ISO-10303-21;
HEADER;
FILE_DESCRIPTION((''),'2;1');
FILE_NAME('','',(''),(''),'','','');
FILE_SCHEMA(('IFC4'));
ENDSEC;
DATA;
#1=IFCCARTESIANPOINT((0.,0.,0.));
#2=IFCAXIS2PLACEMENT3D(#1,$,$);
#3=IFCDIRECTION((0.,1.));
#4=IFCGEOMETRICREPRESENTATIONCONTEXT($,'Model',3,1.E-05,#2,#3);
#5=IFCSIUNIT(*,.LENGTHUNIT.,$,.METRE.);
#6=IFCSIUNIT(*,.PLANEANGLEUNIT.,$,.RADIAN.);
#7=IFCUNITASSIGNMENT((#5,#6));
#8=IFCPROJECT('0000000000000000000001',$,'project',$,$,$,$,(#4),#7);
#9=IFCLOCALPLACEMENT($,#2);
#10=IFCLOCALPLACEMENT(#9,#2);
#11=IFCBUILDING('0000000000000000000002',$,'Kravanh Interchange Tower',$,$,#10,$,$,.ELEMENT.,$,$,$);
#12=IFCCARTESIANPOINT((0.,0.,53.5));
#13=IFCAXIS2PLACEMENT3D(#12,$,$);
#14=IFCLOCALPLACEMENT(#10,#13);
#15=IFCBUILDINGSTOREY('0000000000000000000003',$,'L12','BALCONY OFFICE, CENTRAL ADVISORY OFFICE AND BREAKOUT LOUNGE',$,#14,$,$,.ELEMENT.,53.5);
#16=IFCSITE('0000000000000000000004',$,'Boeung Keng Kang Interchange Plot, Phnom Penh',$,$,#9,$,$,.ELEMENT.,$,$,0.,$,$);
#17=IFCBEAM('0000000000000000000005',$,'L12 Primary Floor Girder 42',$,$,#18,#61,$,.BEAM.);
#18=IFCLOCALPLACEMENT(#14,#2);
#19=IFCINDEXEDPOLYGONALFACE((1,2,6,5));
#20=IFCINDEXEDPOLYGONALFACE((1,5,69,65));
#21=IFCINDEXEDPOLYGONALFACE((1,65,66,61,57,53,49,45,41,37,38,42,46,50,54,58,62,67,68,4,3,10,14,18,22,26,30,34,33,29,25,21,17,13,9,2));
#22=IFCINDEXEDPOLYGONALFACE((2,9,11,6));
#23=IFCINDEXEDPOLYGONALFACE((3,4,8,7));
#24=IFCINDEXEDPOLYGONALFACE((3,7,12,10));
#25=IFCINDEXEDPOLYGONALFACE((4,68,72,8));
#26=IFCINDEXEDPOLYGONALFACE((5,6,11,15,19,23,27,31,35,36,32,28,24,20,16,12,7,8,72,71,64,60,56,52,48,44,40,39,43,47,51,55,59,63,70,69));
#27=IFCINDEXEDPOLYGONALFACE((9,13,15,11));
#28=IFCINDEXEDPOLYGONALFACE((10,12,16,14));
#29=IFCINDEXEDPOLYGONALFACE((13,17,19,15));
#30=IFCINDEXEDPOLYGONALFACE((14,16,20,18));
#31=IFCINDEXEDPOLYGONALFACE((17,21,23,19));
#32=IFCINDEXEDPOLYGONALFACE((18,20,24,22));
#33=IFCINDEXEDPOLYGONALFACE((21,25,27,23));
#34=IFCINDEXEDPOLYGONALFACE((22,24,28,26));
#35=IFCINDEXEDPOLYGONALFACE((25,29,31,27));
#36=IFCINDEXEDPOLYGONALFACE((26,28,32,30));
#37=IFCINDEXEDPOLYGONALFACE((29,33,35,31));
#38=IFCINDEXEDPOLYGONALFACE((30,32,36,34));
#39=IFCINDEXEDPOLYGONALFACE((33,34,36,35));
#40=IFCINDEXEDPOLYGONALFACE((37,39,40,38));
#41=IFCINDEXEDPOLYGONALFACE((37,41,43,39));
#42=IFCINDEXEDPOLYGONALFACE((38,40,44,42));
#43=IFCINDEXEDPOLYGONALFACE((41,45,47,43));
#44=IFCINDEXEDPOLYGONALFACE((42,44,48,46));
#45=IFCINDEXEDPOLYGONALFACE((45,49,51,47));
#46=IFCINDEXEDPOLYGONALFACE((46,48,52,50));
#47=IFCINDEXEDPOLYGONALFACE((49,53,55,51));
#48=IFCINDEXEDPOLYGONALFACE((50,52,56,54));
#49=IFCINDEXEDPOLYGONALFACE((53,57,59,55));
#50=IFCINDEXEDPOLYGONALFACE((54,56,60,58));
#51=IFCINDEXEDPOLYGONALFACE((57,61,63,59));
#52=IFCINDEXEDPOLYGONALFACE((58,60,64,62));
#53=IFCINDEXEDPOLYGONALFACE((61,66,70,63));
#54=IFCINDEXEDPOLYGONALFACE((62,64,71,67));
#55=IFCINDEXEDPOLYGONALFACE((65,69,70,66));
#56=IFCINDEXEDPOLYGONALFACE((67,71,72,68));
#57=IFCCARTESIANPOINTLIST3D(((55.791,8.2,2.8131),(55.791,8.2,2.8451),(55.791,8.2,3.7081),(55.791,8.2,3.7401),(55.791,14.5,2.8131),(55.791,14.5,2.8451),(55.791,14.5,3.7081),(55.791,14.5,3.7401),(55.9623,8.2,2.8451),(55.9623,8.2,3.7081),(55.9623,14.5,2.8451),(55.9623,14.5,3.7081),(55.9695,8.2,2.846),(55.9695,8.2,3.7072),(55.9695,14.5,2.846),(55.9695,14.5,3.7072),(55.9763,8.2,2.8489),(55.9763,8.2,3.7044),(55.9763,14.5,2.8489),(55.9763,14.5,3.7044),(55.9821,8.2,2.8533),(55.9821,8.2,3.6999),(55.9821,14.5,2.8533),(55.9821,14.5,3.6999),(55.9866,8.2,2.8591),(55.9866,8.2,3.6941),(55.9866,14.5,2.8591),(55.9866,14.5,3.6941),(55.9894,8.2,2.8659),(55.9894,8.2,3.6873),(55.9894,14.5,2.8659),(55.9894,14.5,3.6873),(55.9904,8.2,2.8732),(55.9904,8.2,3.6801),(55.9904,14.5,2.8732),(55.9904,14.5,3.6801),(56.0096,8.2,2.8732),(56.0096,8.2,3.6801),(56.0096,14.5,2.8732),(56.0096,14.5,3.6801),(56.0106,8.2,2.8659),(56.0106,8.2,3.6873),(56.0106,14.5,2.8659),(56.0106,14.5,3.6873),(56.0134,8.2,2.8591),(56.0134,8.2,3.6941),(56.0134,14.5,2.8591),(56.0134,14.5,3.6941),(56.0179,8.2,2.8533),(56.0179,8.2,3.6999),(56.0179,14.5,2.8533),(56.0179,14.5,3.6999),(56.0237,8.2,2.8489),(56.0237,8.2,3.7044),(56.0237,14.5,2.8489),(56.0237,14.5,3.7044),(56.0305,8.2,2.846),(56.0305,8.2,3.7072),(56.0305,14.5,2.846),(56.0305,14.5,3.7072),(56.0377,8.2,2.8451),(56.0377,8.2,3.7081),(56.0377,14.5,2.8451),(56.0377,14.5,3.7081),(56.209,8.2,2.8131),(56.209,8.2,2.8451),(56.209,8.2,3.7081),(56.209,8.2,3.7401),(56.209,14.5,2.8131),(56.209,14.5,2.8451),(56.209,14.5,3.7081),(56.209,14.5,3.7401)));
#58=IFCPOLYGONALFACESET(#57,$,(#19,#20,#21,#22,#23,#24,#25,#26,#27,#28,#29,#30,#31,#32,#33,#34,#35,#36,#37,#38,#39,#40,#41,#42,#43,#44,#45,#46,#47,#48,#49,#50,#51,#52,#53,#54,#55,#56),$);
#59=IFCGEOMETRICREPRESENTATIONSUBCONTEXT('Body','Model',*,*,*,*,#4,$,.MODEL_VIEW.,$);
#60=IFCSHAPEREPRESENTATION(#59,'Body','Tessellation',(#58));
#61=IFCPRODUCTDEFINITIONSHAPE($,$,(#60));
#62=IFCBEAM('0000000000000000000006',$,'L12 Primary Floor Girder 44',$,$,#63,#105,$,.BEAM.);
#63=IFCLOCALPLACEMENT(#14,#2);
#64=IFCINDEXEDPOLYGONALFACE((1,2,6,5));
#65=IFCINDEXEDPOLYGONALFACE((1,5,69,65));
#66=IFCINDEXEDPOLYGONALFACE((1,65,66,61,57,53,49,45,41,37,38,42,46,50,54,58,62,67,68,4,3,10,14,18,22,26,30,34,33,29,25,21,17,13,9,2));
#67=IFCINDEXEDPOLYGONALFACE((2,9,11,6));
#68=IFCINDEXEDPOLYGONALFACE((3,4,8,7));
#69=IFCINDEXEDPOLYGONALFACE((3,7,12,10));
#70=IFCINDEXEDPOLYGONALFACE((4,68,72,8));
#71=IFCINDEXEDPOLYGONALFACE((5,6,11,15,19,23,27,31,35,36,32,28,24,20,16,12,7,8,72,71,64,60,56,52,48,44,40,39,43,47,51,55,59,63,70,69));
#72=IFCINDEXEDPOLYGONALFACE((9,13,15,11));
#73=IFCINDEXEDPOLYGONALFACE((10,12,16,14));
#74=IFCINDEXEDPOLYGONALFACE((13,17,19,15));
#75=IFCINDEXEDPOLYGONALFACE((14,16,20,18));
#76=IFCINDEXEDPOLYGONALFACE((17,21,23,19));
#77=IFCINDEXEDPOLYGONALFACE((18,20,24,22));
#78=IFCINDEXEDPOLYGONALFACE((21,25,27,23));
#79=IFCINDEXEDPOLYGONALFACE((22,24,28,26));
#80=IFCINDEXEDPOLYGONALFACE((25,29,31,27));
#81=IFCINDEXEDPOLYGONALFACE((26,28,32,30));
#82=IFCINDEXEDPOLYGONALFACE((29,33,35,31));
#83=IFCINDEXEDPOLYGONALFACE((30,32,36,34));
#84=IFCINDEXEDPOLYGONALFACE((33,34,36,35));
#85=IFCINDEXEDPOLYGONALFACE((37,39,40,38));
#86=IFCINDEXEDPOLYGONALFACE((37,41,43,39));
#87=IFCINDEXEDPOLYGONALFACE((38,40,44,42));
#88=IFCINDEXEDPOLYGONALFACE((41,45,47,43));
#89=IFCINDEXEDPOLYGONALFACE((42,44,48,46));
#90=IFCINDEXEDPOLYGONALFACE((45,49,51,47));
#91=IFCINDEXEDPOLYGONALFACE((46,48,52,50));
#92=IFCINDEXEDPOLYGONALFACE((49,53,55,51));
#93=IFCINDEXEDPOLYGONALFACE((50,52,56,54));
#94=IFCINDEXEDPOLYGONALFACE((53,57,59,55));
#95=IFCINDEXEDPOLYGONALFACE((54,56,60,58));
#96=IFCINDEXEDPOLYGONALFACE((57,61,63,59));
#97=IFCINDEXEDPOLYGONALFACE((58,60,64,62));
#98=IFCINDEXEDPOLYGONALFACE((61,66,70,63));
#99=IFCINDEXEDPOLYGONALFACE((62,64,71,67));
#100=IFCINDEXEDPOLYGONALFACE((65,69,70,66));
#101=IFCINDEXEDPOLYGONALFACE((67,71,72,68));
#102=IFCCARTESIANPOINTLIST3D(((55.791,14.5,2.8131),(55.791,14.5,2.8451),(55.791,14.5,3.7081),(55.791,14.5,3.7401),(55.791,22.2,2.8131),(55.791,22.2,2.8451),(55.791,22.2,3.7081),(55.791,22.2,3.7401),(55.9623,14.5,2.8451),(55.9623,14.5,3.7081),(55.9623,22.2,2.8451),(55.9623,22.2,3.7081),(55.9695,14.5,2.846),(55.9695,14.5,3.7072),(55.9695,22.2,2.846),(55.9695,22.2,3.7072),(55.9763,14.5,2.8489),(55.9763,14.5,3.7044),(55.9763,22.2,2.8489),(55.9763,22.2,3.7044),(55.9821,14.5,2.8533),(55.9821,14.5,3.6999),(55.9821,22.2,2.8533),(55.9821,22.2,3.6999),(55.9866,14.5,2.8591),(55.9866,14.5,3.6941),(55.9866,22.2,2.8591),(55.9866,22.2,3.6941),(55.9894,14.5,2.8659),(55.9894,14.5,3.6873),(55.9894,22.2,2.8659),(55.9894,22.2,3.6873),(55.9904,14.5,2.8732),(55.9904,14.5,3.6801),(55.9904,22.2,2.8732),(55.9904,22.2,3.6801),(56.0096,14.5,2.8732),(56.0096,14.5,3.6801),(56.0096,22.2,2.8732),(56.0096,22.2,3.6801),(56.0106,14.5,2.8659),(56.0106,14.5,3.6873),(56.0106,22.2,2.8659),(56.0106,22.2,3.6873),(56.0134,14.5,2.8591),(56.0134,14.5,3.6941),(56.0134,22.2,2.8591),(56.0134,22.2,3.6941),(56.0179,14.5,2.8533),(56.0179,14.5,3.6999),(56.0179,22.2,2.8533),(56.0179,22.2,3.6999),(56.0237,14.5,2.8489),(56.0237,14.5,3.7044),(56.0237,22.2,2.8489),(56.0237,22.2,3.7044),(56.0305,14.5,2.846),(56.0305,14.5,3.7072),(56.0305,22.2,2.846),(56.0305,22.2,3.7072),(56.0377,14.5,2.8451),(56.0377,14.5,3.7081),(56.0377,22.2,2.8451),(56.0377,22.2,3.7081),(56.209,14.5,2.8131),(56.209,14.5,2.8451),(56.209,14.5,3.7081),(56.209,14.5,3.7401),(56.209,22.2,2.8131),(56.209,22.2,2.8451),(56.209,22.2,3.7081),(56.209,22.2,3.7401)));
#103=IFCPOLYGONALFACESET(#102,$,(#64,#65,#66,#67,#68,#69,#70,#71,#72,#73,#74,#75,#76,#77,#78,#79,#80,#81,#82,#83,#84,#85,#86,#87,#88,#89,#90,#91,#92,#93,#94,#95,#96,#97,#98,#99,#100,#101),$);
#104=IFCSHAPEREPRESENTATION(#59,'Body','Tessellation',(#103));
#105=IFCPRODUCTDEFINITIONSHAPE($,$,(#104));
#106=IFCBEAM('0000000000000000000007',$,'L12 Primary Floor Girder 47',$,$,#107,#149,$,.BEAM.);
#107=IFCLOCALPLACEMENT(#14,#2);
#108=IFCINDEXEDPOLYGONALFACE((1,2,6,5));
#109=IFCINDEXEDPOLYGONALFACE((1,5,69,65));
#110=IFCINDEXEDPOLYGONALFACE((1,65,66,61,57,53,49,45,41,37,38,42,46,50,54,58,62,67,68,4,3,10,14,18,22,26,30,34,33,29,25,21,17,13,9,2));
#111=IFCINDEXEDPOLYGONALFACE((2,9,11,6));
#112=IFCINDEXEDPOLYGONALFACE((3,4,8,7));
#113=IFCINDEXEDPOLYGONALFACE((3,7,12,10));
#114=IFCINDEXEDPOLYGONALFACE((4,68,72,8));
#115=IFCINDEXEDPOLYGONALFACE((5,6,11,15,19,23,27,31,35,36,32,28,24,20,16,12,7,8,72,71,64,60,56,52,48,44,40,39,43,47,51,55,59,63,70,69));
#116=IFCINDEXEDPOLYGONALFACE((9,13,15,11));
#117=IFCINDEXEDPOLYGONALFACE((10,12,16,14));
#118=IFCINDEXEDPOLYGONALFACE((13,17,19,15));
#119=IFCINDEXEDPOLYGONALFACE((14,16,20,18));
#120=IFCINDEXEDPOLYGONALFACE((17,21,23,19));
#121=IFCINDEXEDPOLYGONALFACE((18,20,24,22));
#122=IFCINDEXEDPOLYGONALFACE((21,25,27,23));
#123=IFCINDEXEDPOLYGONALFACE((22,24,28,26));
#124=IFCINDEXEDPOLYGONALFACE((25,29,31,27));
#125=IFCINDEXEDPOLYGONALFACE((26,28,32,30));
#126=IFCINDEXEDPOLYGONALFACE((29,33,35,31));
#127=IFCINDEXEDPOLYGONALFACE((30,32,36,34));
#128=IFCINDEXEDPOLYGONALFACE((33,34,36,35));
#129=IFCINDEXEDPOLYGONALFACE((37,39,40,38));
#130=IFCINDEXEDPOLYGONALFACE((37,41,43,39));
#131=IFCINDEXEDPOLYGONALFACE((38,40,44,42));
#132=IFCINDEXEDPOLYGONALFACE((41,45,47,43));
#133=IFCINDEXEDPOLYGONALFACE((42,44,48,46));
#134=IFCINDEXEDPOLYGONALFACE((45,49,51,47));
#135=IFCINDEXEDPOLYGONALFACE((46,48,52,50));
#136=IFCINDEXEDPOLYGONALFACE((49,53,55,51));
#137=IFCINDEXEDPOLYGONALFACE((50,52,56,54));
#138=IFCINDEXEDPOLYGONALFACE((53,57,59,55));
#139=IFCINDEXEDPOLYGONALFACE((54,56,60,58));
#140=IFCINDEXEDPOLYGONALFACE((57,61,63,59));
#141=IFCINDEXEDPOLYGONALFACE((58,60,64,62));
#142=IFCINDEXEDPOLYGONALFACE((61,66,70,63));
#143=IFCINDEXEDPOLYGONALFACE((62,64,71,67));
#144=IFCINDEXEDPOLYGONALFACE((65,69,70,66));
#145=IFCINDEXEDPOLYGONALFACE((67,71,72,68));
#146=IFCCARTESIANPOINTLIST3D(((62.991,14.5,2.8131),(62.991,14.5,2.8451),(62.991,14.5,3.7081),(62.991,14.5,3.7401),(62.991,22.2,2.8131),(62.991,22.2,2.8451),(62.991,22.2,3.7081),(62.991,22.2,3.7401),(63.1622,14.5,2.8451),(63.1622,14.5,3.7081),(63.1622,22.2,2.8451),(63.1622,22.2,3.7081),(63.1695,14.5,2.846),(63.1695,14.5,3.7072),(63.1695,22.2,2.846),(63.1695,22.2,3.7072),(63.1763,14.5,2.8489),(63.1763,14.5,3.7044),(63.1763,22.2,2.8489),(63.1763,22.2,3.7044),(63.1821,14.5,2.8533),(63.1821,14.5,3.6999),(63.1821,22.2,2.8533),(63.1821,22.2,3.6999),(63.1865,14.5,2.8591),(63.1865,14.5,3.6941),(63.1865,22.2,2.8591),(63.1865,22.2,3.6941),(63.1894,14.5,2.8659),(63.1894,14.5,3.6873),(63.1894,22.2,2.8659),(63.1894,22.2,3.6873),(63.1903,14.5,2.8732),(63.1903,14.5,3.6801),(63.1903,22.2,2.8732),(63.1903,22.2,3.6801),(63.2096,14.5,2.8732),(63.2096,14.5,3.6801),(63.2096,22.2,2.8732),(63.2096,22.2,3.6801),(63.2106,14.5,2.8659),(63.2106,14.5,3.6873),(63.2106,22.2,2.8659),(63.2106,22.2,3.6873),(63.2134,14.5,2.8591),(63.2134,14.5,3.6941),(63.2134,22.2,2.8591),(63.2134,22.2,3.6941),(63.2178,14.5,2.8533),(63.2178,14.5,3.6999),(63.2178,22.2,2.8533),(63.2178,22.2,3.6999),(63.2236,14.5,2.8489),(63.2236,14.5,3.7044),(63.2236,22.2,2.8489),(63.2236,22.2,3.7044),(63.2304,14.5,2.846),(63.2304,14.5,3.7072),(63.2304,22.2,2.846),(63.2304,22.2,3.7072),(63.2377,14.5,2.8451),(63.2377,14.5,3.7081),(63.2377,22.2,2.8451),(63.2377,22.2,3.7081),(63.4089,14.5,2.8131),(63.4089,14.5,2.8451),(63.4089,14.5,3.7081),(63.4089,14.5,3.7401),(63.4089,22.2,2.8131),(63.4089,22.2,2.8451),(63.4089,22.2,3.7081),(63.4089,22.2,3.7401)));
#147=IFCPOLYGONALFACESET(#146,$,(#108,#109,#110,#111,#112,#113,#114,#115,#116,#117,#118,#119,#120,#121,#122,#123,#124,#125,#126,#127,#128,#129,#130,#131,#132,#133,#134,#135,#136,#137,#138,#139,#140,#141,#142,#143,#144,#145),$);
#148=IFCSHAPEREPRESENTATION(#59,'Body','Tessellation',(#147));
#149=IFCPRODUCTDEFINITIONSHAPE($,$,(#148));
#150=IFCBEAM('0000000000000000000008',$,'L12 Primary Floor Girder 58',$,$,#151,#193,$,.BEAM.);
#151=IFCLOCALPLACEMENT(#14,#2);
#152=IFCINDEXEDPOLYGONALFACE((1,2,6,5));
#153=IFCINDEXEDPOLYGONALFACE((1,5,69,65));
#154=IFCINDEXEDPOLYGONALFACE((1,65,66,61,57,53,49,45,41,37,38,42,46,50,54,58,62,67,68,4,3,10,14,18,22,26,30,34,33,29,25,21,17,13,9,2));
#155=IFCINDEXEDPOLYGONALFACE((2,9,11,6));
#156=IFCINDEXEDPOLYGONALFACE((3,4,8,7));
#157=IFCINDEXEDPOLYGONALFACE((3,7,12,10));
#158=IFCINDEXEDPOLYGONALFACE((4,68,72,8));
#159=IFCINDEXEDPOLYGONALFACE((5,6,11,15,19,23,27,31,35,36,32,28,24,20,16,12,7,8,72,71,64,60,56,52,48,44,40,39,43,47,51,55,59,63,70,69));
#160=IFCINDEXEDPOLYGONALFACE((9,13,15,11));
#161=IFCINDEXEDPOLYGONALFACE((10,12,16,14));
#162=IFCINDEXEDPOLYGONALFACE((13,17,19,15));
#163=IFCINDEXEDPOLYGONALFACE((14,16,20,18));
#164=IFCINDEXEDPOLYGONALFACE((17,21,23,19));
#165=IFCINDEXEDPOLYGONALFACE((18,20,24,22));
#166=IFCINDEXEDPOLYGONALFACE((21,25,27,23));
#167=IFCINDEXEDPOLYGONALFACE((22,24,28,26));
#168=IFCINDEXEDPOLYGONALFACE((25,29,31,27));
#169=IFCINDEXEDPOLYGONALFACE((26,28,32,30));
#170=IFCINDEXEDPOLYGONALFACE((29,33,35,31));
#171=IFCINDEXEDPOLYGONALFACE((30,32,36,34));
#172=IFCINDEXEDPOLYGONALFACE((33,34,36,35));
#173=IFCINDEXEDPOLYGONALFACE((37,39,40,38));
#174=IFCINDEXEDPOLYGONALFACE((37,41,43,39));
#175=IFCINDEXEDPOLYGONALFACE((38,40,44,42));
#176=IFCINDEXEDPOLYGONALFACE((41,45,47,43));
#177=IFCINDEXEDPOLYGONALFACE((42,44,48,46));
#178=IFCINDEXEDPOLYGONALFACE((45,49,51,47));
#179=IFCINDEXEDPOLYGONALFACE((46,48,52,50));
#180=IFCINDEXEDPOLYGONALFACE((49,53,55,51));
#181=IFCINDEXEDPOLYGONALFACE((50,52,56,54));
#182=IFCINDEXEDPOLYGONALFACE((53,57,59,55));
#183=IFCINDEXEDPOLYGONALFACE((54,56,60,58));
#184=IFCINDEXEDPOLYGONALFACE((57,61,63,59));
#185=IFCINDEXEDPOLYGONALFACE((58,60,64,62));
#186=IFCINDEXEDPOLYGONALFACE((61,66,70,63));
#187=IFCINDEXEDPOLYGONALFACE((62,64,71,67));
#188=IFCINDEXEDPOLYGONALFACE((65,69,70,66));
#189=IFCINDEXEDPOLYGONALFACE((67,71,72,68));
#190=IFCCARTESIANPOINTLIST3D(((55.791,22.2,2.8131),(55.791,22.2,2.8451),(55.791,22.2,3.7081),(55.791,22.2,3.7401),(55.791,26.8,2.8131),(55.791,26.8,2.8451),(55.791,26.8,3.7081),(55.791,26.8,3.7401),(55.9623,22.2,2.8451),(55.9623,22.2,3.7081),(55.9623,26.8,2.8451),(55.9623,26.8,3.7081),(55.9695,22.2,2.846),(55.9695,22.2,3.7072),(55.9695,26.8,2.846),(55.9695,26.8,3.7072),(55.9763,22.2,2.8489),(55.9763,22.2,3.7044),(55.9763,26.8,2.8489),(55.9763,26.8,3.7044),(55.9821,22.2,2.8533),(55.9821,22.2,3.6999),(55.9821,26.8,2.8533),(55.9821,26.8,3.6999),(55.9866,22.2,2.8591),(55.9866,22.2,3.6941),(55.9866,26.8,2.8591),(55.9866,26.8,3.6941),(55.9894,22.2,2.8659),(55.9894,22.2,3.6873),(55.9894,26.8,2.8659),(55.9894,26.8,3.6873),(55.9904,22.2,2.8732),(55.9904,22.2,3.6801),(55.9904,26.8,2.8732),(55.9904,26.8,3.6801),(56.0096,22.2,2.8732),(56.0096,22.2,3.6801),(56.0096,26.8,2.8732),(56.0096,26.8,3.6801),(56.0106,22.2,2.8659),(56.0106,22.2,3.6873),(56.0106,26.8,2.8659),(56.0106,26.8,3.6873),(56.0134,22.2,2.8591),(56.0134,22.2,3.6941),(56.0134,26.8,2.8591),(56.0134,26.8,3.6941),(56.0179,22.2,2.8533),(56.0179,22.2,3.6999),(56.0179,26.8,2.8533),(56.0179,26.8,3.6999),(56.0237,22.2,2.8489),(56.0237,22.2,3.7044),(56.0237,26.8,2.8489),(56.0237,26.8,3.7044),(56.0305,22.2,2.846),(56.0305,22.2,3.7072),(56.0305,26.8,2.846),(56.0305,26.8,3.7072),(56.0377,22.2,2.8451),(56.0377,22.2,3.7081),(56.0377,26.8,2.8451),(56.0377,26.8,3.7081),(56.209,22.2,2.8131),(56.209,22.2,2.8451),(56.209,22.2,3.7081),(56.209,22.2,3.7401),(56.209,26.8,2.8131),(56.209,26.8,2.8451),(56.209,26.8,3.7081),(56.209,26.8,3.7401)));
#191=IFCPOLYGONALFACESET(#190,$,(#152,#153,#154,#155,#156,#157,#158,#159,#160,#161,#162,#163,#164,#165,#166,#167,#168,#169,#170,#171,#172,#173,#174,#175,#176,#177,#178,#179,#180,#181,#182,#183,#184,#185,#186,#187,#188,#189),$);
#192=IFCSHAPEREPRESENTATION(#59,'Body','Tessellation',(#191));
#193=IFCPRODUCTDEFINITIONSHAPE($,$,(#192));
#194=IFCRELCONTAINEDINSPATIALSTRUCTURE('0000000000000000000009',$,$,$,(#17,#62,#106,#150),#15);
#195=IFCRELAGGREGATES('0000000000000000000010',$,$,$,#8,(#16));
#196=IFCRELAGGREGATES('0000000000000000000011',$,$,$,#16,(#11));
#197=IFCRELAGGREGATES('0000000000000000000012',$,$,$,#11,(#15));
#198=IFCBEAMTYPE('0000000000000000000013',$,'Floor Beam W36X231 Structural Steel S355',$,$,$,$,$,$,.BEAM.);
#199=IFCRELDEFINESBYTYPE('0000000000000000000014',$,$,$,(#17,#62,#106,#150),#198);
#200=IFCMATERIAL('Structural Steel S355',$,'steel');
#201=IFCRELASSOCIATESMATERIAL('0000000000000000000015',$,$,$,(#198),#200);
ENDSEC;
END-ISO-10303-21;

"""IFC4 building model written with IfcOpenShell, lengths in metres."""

from ifc_helpers import new_model, si_unit, direction, frame, origin, origin_2d, place, context, subcontext, project, spatial, i_section, extrude, material, material_profile, profile_set, type_object, element, save


model = new_model("IFC4")

# Units and contexts
model_context = context("Model", 3, precision=1e-05, world=origin(), true_north=direction((0.0, 1.0)))
body_context = subcontext(model_context, "Body", "Model", "MODEL_VIEW")
ifc_project = project(units=[si_unit("LENGTHUNIT", "METRE"), si_unit("PLANEANGLEUNIT", "RADIAN")], contexts=[model_context])

# Site, building, storey
site_placement = place(None, origin())
site = spatial("IfcSite", under=ifc_project, at=site_placement, Name="Boeung Keng Kang Interchange Plot, Phnom Penh", CompositionType="ELEMENT", RefElevation=0.0)
building_placement = place(site_placement, origin())
building = spatial("IfcBuilding", under=site, at=building_placement, Name="Kravanh Interchange Tower", CompositionType="ELEMENT")
storey_placement = place(building_placement, frame((0.0, 0.0, 53.5)))
storey = spatial("IfcBuildingStorey", under=building, at=storey_placement, Name="L12", Description="BALCONY OFFICE, CENTRAL ADVISORY OFFICE AND BREAKOUT LOUNGE", CompositionType="ELEMENT", Elevation=53.5)

# Beams
ifc_material_1 = material(Name="Structural Steel S355", Category="steel")
ifc_material_profile_1 = material_profile(ifc_material_1, i_section(OverallWidth=0.418, OverallDepth=0.927, WebThickness=0.0193, FlangeThickness=0.032, FilletRadius=0.0281, at=origin_2d()), Name="W36X231")
ifc_profile_set_1 = profile_set([ifc_material_profile_1], Name="Structural Steel S355")
beam_type_1 = type_object("IfcBeamType", Name="Floor Beam W36X231 Structural Steel S355", PredefinedType="BEAM", material=ifc_profile_set_1)
beam_1_placement = place(storey_placement, frame((56.0, 14.5, 3.2766), z_axis=(0.0, -1.0, 0.0), x_axis=(1.0, 0.0, 0.0)))
element("IfcBeam", 1, at=beam_1_placement, inside=storey, type_object=beam_type_1, Name="L12 Primary Floor Girder 42", PredefinedType="BEAM", context=body_context, shape_type="SweptSolid", body=[
    extrude(i_section(OverallWidth=0.418, OverallDepth=0.927, WebThickness=0.0193, FlangeThickness=0.032, FilletRadius=0.0281, at=origin_2d()), origin(), (0.0, 0.0, 1.0), 6.3),
])
for number, where, z_axis, x_axis, name in (
    (2, (56.0, 14.5, 3.2766), (0.0, 1.0, 0.0), (-1.0, 0.0, 0.0), "L12 Primary Floor Girder 44"),
    (3, (63.2, 14.5, 3.2766), (0.0, 1.0, 0.0), (-1.0, 0.0, 0.0), "L12 Primary Floor Girder 47"),
):
    element("IfcBeam", number, at=place(storey_placement, frame(where, z_axis=z_axis, x_axis=x_axis)), inside=storey, type_object=beam_type_1, Name=name, PredefinedType="BEAM", context=body_context, shape_type="SweptSolid", body=[
        extrude(i_section(OverallWidth=0.418, OverallDepth=0.927, WebThickness=0.0193, FlangeThickness=0.032, FilletRadius=0.0281, at=origin_2d()), origin(), (0.0, 0.0, 1.0), 7.7),
    ])
beam_2_placement = place(storey_placement, frame((56.0, 22.2, 3.2766), z_axis=(0.0, 1.0, 0.0), x_axis=(-1.0, 0.0, 0.0)))
element("IfcBeam", 4, at=beam_2_placement, inside=storey, type_object=beam_type_1, Name="L12 Primary Floor Girder 58", PredefinedType="BEAM", context=body_context, shape_type="SweptSolid", body=[
    extrude(i_section(OverallWidth=0.418, OverallDepth=0.927, WebThickness=0.0193, FlangeThickness=0.032, FilletRadius=0.0281, at=origin_2d()), origin(), (0.0, 0.0, 1.0), 4.6001),
])

save(model, "model.ifc")
